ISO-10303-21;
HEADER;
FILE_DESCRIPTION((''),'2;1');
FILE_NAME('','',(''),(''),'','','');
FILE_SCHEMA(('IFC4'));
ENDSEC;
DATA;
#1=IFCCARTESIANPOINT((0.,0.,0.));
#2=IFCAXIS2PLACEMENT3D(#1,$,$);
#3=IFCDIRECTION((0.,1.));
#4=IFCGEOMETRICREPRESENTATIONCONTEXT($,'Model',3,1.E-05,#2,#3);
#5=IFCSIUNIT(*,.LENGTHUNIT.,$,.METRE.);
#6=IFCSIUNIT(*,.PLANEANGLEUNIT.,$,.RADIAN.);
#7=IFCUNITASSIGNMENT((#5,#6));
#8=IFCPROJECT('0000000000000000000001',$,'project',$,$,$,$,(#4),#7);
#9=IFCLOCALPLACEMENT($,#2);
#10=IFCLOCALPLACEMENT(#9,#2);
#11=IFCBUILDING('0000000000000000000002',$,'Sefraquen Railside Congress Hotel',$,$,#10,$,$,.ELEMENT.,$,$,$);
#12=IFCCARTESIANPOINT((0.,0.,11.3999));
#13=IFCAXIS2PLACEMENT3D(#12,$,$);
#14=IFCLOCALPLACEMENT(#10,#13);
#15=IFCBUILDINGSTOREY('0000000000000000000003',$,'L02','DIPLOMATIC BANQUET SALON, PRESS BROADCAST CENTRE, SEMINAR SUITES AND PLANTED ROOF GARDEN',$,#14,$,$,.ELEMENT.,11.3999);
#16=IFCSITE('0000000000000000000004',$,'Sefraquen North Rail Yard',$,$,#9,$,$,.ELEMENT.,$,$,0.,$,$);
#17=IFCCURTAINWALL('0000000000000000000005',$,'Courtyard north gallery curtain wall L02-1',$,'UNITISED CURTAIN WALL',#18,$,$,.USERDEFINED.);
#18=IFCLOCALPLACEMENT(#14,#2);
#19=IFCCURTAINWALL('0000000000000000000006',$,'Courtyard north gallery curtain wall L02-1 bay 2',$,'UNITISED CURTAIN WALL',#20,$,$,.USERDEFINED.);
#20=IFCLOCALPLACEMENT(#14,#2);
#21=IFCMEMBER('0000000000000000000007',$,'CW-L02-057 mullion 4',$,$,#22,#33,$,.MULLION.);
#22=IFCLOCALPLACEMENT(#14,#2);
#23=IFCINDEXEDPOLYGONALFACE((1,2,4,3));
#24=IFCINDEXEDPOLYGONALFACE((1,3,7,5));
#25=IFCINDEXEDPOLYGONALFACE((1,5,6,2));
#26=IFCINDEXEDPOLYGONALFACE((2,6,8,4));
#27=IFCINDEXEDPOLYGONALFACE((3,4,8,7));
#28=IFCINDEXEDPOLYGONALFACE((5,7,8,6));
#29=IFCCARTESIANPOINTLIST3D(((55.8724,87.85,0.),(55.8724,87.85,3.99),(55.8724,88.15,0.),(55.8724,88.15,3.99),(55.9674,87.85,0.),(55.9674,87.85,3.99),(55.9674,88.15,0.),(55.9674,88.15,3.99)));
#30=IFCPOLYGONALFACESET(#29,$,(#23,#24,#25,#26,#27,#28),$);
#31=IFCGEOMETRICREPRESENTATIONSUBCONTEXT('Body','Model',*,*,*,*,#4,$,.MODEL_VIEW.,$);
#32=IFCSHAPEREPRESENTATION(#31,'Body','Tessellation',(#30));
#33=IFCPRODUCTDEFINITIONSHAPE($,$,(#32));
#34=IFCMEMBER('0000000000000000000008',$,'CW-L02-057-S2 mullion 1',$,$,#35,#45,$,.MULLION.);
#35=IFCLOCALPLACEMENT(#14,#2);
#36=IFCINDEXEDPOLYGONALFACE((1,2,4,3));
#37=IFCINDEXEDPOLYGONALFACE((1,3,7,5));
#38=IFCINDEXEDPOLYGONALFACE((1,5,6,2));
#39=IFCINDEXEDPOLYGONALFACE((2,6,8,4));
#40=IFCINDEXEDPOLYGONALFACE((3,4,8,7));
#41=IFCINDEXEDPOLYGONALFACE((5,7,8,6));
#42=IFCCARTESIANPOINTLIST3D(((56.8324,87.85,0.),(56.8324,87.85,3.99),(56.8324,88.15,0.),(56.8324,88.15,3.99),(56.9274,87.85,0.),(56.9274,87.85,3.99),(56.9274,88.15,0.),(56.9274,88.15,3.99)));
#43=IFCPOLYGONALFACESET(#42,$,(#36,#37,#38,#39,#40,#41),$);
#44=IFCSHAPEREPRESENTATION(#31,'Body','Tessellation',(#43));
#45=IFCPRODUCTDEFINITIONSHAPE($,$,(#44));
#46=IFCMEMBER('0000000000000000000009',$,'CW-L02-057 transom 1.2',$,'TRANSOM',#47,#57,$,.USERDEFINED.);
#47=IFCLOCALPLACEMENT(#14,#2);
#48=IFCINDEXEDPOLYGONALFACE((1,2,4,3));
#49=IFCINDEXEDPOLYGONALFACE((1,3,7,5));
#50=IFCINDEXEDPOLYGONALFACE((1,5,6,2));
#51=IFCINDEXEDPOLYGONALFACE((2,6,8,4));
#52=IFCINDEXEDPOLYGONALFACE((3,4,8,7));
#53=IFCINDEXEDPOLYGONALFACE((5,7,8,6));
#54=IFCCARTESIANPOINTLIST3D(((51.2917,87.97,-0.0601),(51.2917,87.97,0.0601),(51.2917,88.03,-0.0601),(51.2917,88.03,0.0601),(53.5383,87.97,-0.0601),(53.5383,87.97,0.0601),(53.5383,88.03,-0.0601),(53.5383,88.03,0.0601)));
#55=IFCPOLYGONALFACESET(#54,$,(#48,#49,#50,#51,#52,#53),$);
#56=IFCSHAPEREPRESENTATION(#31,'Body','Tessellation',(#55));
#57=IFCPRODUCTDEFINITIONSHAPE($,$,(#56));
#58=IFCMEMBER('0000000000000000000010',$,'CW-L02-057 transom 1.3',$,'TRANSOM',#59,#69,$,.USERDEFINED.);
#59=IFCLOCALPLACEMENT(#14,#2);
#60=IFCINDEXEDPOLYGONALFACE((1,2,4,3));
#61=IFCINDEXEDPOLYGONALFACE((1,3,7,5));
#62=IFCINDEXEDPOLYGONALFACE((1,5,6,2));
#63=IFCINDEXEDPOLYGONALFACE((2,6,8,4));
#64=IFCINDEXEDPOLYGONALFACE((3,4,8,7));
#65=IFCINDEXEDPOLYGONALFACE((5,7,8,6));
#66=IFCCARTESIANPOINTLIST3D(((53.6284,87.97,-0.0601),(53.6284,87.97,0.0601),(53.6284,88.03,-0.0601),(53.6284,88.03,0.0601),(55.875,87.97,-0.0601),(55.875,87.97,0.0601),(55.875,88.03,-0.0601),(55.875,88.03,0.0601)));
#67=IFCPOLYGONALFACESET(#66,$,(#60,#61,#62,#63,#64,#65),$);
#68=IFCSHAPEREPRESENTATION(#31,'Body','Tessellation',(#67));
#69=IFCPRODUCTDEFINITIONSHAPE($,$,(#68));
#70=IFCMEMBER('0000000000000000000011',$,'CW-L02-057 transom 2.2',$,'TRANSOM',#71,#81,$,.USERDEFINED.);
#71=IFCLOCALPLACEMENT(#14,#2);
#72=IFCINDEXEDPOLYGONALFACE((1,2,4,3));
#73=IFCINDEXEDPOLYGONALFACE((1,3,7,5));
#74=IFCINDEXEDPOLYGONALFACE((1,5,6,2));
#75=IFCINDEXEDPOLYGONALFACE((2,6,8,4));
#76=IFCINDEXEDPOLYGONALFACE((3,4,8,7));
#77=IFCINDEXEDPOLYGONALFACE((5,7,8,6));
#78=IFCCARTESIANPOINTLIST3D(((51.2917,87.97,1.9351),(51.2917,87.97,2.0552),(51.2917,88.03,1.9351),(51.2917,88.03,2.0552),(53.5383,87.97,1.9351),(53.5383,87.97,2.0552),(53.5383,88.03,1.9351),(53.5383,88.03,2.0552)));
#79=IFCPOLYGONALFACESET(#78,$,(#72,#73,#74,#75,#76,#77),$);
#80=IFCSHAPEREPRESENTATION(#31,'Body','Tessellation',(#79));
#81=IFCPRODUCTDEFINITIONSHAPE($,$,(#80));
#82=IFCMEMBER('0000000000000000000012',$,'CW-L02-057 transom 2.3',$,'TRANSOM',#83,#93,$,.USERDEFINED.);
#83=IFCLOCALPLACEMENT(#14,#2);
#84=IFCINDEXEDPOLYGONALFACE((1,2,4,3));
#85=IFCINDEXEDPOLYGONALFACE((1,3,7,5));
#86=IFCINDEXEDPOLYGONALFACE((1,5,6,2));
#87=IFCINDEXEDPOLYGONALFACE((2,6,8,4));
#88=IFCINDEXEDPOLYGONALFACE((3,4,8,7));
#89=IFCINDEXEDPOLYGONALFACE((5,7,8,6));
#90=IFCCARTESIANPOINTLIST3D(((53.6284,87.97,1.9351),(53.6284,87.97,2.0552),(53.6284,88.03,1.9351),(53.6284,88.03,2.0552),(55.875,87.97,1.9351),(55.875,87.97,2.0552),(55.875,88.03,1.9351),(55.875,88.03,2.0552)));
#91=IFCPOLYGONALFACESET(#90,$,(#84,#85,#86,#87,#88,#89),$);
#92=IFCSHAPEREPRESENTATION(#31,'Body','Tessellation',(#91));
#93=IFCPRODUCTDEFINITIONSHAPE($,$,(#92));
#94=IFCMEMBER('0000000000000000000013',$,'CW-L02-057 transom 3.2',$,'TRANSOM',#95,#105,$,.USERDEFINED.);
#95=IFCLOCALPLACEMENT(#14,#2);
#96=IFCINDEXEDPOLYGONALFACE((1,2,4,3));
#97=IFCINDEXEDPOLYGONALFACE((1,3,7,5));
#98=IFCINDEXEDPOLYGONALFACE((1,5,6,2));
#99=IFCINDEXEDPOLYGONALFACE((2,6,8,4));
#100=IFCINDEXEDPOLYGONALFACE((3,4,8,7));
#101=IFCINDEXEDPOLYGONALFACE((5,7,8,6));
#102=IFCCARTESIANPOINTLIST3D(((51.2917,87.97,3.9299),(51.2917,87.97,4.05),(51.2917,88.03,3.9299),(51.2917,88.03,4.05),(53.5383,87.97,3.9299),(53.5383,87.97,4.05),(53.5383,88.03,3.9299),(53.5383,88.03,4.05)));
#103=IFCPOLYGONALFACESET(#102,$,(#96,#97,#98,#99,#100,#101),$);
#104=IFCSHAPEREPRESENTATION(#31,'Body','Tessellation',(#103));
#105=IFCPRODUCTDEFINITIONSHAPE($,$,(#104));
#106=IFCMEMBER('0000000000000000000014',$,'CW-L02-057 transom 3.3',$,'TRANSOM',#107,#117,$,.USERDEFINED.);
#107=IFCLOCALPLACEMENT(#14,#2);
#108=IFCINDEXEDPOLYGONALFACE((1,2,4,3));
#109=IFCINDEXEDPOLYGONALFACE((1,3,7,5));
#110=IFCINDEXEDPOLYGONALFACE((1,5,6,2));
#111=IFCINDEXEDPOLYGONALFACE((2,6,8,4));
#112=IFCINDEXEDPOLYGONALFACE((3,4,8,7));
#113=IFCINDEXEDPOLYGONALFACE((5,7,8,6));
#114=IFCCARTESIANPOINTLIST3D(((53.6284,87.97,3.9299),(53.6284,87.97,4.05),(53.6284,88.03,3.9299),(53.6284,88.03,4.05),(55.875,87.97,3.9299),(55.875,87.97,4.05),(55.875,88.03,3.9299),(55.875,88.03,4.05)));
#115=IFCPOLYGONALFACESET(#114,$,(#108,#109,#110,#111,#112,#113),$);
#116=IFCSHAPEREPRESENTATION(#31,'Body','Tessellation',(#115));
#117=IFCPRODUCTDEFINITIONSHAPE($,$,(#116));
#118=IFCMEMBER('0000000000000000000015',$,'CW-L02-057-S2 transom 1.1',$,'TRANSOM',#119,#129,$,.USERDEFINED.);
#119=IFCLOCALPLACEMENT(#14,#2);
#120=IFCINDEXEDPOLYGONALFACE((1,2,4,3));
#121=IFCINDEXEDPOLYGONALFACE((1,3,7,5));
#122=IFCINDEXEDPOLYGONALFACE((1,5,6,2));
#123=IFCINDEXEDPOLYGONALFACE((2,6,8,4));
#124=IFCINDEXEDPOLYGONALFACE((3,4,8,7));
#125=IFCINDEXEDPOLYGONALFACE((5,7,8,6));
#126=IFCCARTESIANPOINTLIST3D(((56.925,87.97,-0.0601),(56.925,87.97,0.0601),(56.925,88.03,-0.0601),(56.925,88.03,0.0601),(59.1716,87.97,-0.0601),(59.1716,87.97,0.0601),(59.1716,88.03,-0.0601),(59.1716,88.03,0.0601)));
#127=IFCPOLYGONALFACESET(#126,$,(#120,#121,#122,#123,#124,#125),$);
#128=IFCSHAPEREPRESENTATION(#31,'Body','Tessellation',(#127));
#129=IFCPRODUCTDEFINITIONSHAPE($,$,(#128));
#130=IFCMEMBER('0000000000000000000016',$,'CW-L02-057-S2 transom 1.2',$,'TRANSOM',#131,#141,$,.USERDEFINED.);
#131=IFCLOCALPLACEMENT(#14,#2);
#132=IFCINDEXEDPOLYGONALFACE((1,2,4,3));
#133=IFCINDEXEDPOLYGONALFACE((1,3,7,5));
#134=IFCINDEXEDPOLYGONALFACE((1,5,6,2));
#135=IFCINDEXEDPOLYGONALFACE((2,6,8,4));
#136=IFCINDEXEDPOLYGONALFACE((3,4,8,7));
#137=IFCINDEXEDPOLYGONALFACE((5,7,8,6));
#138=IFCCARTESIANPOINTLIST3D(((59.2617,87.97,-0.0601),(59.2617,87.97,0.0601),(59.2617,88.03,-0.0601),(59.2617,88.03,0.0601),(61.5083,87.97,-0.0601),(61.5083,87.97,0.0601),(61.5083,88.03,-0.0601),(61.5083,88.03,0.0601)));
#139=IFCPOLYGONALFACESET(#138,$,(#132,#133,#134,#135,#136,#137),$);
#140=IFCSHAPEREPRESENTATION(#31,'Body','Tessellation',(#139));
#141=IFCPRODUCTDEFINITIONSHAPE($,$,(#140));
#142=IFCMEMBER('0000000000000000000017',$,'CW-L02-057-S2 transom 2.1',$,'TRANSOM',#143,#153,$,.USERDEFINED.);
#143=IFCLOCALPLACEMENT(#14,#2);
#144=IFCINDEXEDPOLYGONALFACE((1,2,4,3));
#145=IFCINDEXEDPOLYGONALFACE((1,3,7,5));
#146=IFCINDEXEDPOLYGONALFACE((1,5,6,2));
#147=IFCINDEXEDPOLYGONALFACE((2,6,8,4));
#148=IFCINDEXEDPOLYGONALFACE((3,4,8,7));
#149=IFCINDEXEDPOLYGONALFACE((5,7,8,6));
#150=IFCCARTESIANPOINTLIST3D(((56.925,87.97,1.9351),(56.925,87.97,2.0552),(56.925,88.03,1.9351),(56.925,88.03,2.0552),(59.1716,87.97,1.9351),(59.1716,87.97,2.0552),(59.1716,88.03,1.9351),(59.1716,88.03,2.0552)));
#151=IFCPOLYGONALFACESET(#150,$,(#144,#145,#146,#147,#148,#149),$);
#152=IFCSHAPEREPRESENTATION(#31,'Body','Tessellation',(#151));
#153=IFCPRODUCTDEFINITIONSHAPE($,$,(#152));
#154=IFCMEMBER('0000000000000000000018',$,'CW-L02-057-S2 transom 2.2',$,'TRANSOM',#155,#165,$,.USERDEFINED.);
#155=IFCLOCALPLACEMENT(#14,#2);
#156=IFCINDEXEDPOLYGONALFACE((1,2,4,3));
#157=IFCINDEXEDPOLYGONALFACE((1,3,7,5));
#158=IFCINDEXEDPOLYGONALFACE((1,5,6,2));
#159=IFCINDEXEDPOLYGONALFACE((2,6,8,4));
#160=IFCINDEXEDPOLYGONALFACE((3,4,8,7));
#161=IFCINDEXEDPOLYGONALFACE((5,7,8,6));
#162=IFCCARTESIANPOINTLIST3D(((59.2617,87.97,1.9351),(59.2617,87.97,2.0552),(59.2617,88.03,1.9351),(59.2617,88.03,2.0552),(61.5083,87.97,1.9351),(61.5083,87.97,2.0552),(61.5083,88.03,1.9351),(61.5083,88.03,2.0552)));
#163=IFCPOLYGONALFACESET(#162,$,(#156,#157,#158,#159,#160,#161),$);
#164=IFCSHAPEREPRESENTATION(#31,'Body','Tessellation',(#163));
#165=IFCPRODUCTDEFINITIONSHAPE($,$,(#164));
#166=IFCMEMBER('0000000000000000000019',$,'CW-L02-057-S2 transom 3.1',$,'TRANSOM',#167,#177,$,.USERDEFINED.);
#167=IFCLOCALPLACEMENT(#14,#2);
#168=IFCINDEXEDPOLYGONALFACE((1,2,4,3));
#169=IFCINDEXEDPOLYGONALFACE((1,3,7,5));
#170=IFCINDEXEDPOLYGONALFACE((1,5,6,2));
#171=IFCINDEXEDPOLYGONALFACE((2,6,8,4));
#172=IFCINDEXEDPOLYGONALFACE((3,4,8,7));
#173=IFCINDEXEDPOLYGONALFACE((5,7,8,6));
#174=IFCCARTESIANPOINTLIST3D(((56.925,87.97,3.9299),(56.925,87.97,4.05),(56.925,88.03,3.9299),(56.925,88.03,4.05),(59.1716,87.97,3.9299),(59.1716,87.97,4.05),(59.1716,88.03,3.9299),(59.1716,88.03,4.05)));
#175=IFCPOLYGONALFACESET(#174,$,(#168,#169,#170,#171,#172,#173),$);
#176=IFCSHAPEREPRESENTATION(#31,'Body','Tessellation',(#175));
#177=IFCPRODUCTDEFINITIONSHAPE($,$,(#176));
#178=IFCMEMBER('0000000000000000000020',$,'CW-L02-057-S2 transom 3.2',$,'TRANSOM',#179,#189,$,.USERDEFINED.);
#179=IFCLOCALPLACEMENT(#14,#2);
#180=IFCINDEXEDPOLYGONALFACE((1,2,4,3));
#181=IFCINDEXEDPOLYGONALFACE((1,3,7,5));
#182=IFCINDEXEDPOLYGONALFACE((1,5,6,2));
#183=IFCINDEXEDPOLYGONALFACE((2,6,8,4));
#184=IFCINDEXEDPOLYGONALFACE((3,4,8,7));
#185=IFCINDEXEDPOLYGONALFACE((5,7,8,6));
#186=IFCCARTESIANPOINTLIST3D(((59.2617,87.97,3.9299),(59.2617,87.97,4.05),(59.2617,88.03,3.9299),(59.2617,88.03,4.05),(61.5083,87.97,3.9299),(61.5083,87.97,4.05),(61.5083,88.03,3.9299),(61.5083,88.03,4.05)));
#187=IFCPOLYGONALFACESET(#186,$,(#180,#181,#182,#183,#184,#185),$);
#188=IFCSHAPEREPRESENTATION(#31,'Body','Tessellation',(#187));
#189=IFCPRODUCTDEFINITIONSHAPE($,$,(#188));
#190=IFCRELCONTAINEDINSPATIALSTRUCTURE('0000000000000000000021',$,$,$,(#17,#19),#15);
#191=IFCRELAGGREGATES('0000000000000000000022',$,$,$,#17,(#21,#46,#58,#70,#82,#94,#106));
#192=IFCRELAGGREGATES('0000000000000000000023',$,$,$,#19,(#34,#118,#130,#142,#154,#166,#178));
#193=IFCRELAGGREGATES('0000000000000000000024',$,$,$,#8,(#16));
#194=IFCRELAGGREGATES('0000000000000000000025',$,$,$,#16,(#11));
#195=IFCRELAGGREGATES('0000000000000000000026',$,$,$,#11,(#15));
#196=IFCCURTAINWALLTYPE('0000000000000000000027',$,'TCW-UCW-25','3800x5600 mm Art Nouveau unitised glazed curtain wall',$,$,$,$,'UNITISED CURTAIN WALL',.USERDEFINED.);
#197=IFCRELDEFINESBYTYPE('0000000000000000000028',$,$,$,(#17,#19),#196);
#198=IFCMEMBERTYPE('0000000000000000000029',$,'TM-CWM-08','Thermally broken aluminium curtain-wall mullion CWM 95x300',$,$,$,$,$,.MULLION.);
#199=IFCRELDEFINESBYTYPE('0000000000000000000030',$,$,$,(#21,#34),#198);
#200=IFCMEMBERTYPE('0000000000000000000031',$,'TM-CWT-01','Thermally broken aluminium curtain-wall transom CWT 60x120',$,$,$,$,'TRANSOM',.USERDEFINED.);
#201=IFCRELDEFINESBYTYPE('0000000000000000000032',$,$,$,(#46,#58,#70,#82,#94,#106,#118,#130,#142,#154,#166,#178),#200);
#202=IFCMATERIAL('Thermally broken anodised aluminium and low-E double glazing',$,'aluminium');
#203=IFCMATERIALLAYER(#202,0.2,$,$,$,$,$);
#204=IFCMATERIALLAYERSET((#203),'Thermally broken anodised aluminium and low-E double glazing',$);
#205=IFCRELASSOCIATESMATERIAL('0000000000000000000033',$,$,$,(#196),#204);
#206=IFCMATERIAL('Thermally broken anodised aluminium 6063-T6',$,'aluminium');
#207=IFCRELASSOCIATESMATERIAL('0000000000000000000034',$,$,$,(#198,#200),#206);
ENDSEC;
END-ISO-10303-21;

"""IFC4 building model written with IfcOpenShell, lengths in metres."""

from ifc_helpers import new_model, si_unit, direction, frame, origin, origin_2d, place, context, subcontext, project, spatial, rectangle, extrude, material, layer, layer_set, material_profile, profile_set, type_object, element, aggregate, save


model = new_model("IFC4")

# Units and contexts
model_context = context("Model", 3, precision=1e-05, world=origin(), true_north=direction((0.0, 1.0)))
body_context = subcontext(model_context, "Body", "Model", "MODEL_VIEW")
ifc_project = project(units=[si_unit("LENGTHUNIT", "METRE"), si_unit("PLANEANGLEUNIT", "RADIAN")], contexts=[model_context])

# Site, building, storey
site_placement = place(None, origin())
site = spatial("IfcSite", under=ifc_project, at=site_placement, Name="Sefraquen North Rail Yard", CompositionType="ELEMENT", RefElevation=0.0)
building_placement = place(site_placement, origin())
building = spatial("IfcBuilding", under=site, at=building_placement, Name="Sefraquen Railside Congress Hotel", CompositionType="ELEMENT")
storey_placement = place(building_placement, frame((0.0, 0.0, 11.3999)))
storey = spatial("IfcBuildingStorey", under=building, at=storey_placement, Name="L02", Description="DIPLOMATIC BANQUET SALON, PRESS BROADCAST CENTRE, SEMINAR SUITES AND PLANTED ROOF GARDEN", CompositionType="ELEMENT", Elevation=11.3999)

# Curtain wall
ifc_material_1 = material(Name="Thermally broken anodised aluminium and low-E double glazing", Category="aluminium")
ifc_layer_1 = layer(ifc_material_1, 0.2)
ifc_layer_set_1 = layer_set([ifc_layer_1], Name="Thermally broken anodised aluminium and low-E double glazing")
curtain_wall_type = type_object("IfcCurtainWallType", Name="TCW-UCW-25", Description="3800x5600 mm Art Nouveau unitised glazed curtain wall", ElementType="UNITISED CURTAIN WALL", PredefinedType="USERDEFINED", material=ifc_layer_set_1)
curtain_wall_1_placement = place(storey_placement, origin())
curtain_wall_1 = element("IfcCurtainWall", 1, at=curtain_wall_1_placement, inside=storey, type_object=curtain_wall_type, Name="Courtyard north gallery curtain wall L02-1", ObjectType="UNITISED CURTAIN WALL", PredefinedType="USERDEFINED")
ifc_material_2 = material(Name="Thermally broken anodised aluminium 6063-T6", Category="aluminium")

# Curtain wall
curtain_wall_2_placement = place(storey_placement, origin())
curtain_wall_2 = element("IfcCurtainWall", 2, at=curtain_wall_2_placement, inside=storey, type_object=curtain_wall_type, Name="Courtyard north gallery curtain wall L02-1 bay 2", ObjectType="UNITISED CURTAIN WALL", PredefinedType="USERDEFINED")

# Members
ifc_material_profile_1 = material_profile(ifc_material_2, rectangle(XDim=0.095, YDim=0.3, at=origin_2d()), Name="CWM 95x300")
ifc_profile_set_1 = profile_set([ifc_material_profile_1], Name="Thermally broken anodised aluminium 6063-T6")
member_type_1 = type_object("IfcMemberType", Name="TM-CWM-08", Description="Thermally broken aluminium curtain-wall mullion CWM 95x300", PredefinedType="MULLION", material=ifc_profile_set_1)
member_1_placement = place(storey_placement, frame((55.9199, 88.0, 0.0), z_axis=(0.0, 0.0, 1.0), x_axis=(1.0, 0.0, 0.0)))
member_1 = element("IfcMember", 3, at=member_1_placement, type_object=member_type_1, Name="CW-L02-057 mullion 4", PredefinedType="MULLION", context=body_context, shape_type="SweptSolid", body=[
    extrude(rectangle(XDim=0.095, YDim=0.3, at=origin_2d()), origin(), (0.0, 0.0, 1.0), 3.99),
])
member_2_placement = place(storey_placement, frame((56.8799, 88.0, 0.0), z_axis=(0.0, 0.0, 1.0), x_axis=(1.0, 0.0, 0.0)))
member_2 = element("IfcMember", 4, at=member_2_placement, type_object=member_type_1, Name="CW-L02-057-S2 mullion 1", PredefinedType="MULLION", context=body_context, shape_type="SweptSolid", body=[
    extrude(rectangle(XDim=0.095, YDim=0.3, at=origin_2d()), origin(), (0.0, 0.0, 1.0), 3.99),
])
ifc_material_profile_2 = material_profile(ifc_material_2, rectangle(XDim=0.0601, YDim=0.1201, at=origin_2d()), Name="CWT 60x120")
ifc_profile_set_2 = profile_set([ifc_material_profile_2], Name="Thermally broken anodised aluminium 6063-T6")
member_type_2 = type_object("IfcMemberType", Name="TM-CWT-01", Description="Thermally broken aluminium curtain-wall transom CWT 60x120", ElementType="TRANSOM", PredefinedType="USERDEFINED", material=ifc_profile_set_2)
member_3_placement = place(storey_placement, frame((51.2917, 88.0, 0.0), z_axis=(1.0, 0.0, 0.0), x_axis=(0.0, 1.0, 0.0)))
member_3 = element("IfcMember", 5, at=member_3_placement, type_object=member_type_2, Name="CW-L02-057 transom 1.2", ObjectType="TRANSOM", PredefinedType="USERDEFINED", context=body_context, shape_type="SweptSolid", body=[
    extrude(rectangle(XDim=0.0601, YDim=0.1201, at=origin_2d()), origin(), (0.0, 0.0, 1.0), 2.2466),
])
member_4_placement = place(storey_placement, frame((53.6284, 88.0, 0.0), z_axis=(1.0, 0.0, 0.0), x_axis=(0.0, 1.0, 0.0)))
member_4 = element("IfcMember", 6, at=member_4_placement, type_object=member_type_2, Name="CW-L02-057 transom 1.3", ObjectType="TRANSOM", PredefinedType="USERDEFINED", context=body_context, shape_type="SweptSolid", body=[
    extrude(rectangle(XDim=0.0601, YDim=0.1201, at=origin_2d()), origin(), (0.0, 0.0, 1.0), 2.2466),
])
member_5_placement = place(storey_placement, frame((51.2917, 88.0, 1.9951), z_axis=(1.0, 0.0, 0.0), x_axis=(0.0, 1.0, 0.0)))
member_5 = element("IfcMember", 7, at=member_5_placement, type_object=member_type_2, Name="CW-L02-057 transom 2.2", ObjectType="TRANSOM", PredefinedType="USERDEFINED", context=body_context, shape_type="SweptSolid", body=[
    extrude(rectangle(XDim=0.0601, YDim=0.1201, at=origin_2d()), origin(), (0.0, 0.0, 1.0), 2.2466),
])
member_6_placement = place(storey_placement, frame((53.6284, 88.0, 1.9951), z_axis=(1.0, 0.0, 0.0), x_axis=(0.0, 1.0, 0.0)))
member_6 = element("IfcMember", 8, at=member_6_placement, type_object=member_type_2, Name="CW-L02-057 transom 2.3", ObjectType="TRANSOM", PredefinedType="USERDEFINED", context=body_context, shape_type="SweptSolid", body=[
    extrude(rectangle(XDim=0.0601, YDim=0.1201, at=origin_2d()), origin(), (0.0, 0.0, 1.0), 2.2466),
])
member_7_placement = place(storey_placement, frame((51.2917, 88.0, 3.99), z_axis=(1.0, 0.0, 0.0), x_axis=(0.0, 1.0, 0.0)))
member_7 = element("IfcMember", 9, at=member_7_placement, type_object=member_type_2, Name="CW-L02-057 transom 3.2", ObjectType="TRANSOM", PredefinedType="USERDEFINED", context=body_context, shape_type="SweptSolid", body=[
    extrude(rectangle(XDim=0.0601, YDim=0.1201, at=origin_2d()), origin(), (0.0, 0.0, 1.0), 2.2466),
])
member_8_placement = place(storey_placement, frame((53.6284, 88.0, 3.99), z_axis=(1.0, 0.0, 0.0), x_axis=(0.0, 1.0, 0.0)))
member_8 = element("IfcMember", 10, at=member_8_placement, type_object=member_type_2, Name="CW-L02-057 transom 3.3", ObjectType="TRANSOM", PredefinedType="USERDEFINED", context=body_context, shape_type="SweptSolid", body=[
    extrude(rectangle(XDim=0.0601, YDim=0.1201, at=origin_2d()), origin(), (0.0, 0.0, 1.0), 2.2466),
])
member_9_placement = place(storey_placement, frame((56.925, 88.0, 0.0), z_axis=(1.0, 0.0, 0.0), x_axis=(0.0, 1.0, 0.0)))
member_9 = element("IfcMember", 11, at=member_9_placement, type_object=member_type_2, Name="CW-L02-057-S2 transom 1.1", ObjectType="TRANSOM", PredefinedType="USERDEFINED", context=body_context, shape_type="SweptSolid", body=[
    extrude(rectangle(XDim=0.0601, YDim=0.1201, at=origin_2d()), origin(), (0.0, 0.0, 1.0), 2.2466),
])
member_10_placement = place(storey_placement, frame((59.2617, 88.0, 0.0), z_axis=(1.0, 0.0, 0.0), x_axis=(0.0, 1.0, 0.0)))
member_10 = element("IfcMember", 12, at=member_10_placement, type_object=member_type_2, Name="CW-L02-057-S2 transom 1.2", ObjectType="TRANSOM", PredefinedType="USERDEFINED", context=body_context, shape_type="SweptSolid", body=[
    extrude(rectangle(XDim=0.0601, YDim=0.1201, at=origin_2d()), origin(), (0.0, 0.0, 1.0), 2.2466),
])
member_11_placement = place(storey_placement, frame((56.925, 88.0, 1.9951), z_axis=(1.0, 0.0, 0.0), x_axis=(0.0, 1.0, 0.0)))
member_11 = element("IfcMember", 13, at=member_11_placement, type_object=member_type_2, Name="CW-L02-057-S2 transom 2.1", ObjectType="TRANSOM", PredefinedType="USERDEFINED", context=body_context, shape_type="SweptSolid", body=[
    extrude(rectangle(XDim=0.0601, YDim=0.1201, at=origin_2d()), origin(), (0.0, 0.0, 1.0), 2.2466),
])
member_12_placement = place(storey_placement, frame((59.2617, 88.0, 1.9951), z_axis=(1.0, 0.0, 0.0), x_axis=(0.0, 1.0, 0.0)))
member_12 = element("IfcMember", 14, at=member_12_placement, type_object=member_type_2, Name="CW-L02-057-S2 transom 2.2", ObjectType="TRANSOM", PredefinedType="USERDEFINED", context=body_context, shape_type="SweptSolid", body=[
    extrude(rectangle(XDim=0.0601, YDim=0.1201, at=origin_2d()), origin(), (0.0, 0.0, 1.0), 2.2466),
])
member_13_placement = place(storey_placement, frame((56.925, 88.0, 3.99), z_axis=(1.0, 0.0, 0.0), x_axis=(0.0, 1.0, 0.0)))
member_13 = element("IfcMember", 15, at=member_13_placement, type_object=member_type_2, Name="CW-L02-057-S2 transom 3.1", ObjectType="TRANSOM", PredefinedType="USERDEFINED", context=body_context, shape_type="SweptSolid", body=[
    extrude(rectangle(XDim=0.0601, YDim=0.1201, at=origin_2d()), origin(), (0.0, 0.0, 1.0), 2.2466),
])
member_14_placement = place(storey_placement, frame((59.2617, 88.0, 3.99), z_axis=(1.0, 0.0, 0.0), x_axis=(0.0, 1.0, 0.0)))
member_14 = element("IfcMember", 16, at=member_14_placement, type_object=member_type_2, Name="CW-L02-057-S2 transom 3.2", ObjectType="TRANSOM", PredefinedType="USERDEFINED", context=body_context, shape_type="SweptSolid", body=[
    extrude(rectangle(XDim=0.0601, YDim=0.1201, at=origin_2d()), origin(), (0.0, 0.0, 1.0), 2.2466),
])

aggregate(curtain_wall_1, [member_1, member_3, member_4, member_5, member_6, member_7, member_8])
aggregate(curtain_wall_2, [member_2, member_9, member_10, member_11, member_12, member_13, member_14])

save(model, "model.ifc")
